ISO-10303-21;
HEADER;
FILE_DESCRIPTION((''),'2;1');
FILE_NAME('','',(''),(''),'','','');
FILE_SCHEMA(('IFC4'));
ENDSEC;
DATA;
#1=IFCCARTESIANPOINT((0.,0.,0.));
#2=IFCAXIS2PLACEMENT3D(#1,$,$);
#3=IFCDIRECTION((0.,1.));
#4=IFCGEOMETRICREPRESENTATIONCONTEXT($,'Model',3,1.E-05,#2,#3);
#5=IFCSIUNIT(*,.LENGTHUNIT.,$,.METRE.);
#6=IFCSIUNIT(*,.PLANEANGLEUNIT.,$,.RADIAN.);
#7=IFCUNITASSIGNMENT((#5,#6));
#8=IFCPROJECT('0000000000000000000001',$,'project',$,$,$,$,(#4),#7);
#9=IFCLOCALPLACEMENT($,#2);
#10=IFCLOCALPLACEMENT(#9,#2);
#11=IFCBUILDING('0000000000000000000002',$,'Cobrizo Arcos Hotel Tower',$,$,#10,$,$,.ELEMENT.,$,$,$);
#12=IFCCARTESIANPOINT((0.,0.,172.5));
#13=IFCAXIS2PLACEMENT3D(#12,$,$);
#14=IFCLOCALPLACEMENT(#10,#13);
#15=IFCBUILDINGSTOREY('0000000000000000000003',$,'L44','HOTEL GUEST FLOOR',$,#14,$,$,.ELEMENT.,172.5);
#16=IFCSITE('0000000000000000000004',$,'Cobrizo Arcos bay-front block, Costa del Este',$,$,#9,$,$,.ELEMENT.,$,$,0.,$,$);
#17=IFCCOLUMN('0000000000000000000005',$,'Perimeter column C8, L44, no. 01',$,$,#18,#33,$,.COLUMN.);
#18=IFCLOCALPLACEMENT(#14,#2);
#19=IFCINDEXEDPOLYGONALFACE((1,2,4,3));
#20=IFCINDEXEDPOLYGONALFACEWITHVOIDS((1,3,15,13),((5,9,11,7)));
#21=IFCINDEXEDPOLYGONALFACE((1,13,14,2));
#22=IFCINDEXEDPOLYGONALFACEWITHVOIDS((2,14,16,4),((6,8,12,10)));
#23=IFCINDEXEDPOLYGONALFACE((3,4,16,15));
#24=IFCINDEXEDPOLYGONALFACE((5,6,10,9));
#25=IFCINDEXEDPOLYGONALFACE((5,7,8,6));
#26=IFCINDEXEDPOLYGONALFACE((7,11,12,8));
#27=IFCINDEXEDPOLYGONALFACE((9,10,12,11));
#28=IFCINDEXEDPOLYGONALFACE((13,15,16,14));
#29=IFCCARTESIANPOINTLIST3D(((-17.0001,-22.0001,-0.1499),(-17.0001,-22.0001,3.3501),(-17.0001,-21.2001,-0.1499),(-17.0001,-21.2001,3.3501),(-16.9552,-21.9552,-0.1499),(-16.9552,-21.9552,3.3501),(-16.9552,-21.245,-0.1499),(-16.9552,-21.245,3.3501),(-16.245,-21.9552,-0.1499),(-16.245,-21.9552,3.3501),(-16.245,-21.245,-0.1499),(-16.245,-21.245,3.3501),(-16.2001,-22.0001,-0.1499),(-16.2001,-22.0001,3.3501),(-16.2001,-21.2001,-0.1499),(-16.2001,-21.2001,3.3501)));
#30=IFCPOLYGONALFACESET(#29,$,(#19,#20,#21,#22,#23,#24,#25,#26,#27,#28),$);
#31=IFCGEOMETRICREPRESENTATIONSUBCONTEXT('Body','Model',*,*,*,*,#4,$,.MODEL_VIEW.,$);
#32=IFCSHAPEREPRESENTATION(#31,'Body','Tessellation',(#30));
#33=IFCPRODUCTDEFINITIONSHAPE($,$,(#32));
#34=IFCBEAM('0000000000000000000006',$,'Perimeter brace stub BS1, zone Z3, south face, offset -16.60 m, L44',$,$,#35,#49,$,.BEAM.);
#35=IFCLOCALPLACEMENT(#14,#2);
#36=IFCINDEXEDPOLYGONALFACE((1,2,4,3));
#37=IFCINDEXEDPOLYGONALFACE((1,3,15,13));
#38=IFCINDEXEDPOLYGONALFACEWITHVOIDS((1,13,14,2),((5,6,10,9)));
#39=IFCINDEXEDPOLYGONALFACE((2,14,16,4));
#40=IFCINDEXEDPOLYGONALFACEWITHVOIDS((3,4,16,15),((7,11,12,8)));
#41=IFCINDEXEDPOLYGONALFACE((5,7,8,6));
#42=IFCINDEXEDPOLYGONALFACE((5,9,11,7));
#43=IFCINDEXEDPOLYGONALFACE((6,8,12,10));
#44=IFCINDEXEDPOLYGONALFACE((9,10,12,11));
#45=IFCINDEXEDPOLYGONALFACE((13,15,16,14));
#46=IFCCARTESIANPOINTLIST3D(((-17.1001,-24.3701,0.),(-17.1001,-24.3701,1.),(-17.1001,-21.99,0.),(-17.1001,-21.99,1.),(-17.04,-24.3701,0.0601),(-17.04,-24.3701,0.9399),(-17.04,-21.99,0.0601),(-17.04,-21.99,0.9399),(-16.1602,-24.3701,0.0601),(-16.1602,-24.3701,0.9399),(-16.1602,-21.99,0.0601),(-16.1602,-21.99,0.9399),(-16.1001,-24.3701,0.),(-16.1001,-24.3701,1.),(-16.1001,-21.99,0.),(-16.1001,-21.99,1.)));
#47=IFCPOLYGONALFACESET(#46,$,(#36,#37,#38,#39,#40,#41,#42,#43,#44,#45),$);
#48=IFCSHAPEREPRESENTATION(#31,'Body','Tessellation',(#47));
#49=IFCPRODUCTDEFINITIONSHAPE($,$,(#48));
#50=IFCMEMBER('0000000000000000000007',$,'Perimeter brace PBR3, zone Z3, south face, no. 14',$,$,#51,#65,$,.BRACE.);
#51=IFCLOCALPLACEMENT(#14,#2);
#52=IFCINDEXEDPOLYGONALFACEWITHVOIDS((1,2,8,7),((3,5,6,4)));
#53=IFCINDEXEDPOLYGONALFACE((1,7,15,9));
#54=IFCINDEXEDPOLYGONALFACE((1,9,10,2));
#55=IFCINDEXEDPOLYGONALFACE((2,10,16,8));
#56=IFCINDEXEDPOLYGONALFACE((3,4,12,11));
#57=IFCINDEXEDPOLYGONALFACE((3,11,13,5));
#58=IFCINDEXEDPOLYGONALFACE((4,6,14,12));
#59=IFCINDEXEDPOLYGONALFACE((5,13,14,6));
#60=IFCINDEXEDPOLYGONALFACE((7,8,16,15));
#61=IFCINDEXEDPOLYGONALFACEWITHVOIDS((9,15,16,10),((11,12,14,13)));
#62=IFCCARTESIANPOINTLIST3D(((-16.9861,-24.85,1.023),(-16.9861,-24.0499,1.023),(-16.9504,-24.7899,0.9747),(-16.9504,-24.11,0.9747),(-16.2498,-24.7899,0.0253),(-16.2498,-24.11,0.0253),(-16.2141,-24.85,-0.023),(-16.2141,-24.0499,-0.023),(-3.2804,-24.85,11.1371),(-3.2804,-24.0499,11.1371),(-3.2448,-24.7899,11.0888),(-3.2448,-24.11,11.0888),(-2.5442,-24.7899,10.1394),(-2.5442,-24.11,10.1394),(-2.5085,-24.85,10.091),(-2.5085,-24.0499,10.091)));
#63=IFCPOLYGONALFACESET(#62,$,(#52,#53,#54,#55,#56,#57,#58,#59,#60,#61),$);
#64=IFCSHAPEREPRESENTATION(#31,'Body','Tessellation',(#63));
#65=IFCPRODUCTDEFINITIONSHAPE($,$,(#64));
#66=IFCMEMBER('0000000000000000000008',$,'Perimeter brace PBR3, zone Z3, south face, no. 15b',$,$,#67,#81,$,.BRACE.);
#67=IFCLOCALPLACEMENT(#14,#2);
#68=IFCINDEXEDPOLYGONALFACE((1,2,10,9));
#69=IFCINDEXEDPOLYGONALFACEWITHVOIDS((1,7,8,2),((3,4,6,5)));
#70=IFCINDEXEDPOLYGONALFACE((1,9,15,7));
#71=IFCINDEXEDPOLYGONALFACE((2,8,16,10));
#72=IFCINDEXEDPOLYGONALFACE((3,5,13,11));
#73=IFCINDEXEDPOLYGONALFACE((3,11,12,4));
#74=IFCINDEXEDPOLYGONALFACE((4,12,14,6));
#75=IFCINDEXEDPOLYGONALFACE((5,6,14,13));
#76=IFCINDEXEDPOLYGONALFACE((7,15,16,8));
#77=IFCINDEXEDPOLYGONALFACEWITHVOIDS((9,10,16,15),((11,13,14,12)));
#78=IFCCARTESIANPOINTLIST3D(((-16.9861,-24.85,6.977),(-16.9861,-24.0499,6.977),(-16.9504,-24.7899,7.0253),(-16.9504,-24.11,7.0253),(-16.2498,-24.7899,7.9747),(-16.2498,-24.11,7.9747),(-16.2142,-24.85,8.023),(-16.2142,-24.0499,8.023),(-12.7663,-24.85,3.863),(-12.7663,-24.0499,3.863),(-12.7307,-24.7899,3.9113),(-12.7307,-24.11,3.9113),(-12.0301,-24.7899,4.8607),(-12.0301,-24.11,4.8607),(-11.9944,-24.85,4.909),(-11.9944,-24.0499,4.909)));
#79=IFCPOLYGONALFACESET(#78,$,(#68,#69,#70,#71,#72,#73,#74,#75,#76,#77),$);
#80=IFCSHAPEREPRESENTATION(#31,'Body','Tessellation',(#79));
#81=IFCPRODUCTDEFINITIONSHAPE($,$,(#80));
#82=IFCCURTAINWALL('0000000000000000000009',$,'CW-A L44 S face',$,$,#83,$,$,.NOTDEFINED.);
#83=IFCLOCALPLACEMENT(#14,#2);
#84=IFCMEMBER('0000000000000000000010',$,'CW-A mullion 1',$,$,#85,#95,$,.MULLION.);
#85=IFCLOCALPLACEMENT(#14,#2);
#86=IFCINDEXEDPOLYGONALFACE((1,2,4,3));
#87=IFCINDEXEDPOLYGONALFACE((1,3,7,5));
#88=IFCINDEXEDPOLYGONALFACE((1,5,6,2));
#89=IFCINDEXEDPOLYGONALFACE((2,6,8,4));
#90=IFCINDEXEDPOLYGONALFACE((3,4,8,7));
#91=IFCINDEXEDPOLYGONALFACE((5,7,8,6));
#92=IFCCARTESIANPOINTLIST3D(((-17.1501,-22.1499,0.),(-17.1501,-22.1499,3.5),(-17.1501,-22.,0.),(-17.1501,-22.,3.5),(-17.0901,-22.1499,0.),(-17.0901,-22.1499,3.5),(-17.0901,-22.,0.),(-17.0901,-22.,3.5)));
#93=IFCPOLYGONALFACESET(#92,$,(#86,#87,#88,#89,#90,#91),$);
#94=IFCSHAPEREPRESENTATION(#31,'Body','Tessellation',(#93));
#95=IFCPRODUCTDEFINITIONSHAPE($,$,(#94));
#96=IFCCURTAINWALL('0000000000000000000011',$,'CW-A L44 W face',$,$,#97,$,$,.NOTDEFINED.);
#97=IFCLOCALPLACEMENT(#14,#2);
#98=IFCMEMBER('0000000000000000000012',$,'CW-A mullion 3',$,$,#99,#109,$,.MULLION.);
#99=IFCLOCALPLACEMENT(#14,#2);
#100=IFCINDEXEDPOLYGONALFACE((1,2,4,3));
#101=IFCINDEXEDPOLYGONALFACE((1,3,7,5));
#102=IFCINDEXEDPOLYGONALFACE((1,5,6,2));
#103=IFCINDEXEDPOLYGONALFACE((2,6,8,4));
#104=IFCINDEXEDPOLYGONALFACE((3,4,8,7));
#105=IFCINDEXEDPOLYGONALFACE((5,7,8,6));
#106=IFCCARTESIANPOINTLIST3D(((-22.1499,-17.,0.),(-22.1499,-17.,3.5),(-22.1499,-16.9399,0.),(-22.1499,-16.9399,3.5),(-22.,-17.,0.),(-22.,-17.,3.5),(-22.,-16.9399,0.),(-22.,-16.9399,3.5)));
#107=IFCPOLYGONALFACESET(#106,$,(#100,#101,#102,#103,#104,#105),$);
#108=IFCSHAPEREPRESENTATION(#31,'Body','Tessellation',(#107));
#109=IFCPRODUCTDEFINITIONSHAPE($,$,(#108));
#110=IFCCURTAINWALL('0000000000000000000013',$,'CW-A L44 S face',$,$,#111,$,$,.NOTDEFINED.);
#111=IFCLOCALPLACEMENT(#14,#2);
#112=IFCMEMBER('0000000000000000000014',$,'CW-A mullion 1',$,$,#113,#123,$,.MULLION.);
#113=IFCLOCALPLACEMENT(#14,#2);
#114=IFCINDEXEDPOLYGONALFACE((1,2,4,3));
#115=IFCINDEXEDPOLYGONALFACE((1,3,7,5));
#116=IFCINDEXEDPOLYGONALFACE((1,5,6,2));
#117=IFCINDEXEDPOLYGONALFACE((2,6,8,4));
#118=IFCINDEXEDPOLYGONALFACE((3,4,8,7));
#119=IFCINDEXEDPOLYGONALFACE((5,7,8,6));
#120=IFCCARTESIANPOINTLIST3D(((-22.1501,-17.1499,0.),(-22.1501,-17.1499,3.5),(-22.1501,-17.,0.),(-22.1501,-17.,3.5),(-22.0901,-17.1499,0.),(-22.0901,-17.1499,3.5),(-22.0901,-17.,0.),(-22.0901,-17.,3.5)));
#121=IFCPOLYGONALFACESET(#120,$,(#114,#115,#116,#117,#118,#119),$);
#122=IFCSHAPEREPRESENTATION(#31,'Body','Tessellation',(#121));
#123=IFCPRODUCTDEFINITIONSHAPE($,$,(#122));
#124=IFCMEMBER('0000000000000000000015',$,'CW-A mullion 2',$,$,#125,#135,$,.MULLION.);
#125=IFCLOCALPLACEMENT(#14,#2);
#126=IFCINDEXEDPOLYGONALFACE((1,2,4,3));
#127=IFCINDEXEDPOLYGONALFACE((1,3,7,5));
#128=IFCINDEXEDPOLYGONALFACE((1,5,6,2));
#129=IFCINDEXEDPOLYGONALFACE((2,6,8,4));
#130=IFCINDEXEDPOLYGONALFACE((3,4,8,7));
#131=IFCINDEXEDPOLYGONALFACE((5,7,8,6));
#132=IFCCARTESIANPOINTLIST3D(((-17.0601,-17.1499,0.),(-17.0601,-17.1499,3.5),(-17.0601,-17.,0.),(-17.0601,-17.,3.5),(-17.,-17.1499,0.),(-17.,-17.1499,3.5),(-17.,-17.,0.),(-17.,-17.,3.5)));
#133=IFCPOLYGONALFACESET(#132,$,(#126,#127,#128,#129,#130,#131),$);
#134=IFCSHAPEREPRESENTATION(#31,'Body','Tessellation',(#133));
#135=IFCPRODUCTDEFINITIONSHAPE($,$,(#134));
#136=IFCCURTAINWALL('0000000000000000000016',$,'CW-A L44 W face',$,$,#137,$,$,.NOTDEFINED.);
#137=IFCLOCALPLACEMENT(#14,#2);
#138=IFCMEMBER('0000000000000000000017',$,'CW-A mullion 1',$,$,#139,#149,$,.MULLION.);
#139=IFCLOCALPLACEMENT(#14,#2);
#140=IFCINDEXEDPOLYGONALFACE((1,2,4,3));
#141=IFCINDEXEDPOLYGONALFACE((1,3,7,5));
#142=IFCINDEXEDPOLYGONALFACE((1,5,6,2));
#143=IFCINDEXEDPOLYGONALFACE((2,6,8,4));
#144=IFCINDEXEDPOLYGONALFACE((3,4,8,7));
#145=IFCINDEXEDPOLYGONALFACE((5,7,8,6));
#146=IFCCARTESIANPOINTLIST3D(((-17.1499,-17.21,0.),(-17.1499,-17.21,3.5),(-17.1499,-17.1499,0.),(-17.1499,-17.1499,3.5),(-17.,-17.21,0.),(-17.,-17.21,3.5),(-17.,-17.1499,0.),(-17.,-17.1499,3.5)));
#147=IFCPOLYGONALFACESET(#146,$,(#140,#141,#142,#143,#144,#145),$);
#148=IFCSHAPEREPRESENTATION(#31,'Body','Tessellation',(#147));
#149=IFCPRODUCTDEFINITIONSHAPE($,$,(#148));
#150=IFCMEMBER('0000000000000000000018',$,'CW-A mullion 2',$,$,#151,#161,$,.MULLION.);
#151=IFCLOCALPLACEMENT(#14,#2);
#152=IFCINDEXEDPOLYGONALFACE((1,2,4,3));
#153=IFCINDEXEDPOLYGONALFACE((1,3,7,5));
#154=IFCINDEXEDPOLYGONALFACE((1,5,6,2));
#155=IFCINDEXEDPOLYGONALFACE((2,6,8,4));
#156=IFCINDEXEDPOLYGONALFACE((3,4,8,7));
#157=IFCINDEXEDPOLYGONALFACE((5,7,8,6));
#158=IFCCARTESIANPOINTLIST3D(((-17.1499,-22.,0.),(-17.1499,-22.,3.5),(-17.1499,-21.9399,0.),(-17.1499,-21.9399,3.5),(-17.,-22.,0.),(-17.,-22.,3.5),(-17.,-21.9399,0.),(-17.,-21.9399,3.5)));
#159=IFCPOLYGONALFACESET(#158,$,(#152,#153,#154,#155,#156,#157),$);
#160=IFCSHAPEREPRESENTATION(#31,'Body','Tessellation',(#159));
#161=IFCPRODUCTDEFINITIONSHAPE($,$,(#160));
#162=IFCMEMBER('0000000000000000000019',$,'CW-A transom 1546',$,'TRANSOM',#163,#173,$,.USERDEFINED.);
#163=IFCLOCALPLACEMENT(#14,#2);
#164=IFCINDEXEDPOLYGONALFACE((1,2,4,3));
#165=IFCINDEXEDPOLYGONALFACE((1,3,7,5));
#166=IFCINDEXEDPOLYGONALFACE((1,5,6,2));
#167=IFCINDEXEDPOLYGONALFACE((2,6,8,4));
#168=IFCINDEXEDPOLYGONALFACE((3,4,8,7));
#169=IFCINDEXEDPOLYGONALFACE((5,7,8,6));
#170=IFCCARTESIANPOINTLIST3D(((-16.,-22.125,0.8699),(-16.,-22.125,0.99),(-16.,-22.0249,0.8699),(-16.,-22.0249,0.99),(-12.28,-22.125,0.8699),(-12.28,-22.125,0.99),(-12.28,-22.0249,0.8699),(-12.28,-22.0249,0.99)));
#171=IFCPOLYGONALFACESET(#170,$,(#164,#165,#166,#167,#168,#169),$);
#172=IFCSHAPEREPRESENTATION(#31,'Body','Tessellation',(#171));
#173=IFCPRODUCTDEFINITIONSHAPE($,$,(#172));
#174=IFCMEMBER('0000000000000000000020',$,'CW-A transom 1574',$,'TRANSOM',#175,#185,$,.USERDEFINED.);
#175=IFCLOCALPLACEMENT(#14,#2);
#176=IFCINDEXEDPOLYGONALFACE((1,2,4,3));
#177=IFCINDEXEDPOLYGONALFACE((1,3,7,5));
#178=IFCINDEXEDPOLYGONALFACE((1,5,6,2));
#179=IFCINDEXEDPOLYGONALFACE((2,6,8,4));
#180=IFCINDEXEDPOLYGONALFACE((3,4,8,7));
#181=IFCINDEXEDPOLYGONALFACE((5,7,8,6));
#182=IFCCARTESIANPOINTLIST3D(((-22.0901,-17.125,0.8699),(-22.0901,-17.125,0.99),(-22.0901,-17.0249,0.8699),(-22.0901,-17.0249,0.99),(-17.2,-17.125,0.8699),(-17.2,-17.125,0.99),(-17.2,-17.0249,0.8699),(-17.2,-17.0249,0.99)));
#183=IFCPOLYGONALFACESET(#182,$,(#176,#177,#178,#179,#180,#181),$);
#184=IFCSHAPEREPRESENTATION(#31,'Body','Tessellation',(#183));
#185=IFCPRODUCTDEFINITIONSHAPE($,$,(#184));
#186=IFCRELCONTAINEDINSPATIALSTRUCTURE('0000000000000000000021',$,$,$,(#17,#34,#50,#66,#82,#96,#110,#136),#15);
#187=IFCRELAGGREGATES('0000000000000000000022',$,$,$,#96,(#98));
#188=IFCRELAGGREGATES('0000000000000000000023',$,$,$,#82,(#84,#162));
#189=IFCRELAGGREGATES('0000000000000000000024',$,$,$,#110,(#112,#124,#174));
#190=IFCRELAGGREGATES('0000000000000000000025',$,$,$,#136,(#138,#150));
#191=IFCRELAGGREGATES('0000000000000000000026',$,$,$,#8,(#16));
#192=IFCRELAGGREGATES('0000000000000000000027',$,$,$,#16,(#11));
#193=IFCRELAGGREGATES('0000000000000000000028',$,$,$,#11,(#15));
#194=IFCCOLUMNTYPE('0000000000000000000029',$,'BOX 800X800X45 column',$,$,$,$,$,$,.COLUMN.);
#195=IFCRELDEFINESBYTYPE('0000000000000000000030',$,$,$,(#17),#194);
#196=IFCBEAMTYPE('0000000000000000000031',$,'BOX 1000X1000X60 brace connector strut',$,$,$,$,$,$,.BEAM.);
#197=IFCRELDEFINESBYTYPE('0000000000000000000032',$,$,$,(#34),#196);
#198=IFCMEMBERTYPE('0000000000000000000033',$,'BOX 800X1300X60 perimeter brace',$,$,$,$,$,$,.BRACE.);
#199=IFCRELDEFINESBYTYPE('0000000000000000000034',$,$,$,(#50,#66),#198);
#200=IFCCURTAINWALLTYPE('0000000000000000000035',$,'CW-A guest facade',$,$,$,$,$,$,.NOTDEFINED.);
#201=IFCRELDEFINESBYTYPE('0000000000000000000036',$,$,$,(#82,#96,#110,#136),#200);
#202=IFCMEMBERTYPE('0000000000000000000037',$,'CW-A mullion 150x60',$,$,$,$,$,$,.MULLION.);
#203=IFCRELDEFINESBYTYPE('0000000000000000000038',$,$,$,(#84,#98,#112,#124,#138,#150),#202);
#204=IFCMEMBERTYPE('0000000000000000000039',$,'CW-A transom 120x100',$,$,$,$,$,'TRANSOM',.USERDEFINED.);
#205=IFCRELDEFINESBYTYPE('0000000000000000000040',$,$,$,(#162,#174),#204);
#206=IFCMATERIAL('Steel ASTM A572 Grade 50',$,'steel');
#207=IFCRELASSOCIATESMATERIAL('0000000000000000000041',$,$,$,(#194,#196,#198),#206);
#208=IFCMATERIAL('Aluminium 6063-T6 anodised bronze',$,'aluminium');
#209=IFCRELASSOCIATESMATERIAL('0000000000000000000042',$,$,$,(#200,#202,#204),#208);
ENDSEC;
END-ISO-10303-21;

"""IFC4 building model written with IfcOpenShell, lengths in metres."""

from ifc_helpers import new_model, si_unit, direction, frame, origin, origin_2d, place, context, subcontext, project, spatial, rectangle, hollow_rectangle, extrude, material, material_profile, profile_set, type_object, element, aggregate, save


model = new_model("IFC4")

# Units and contexts
model_context = context("Model", 3, precision=1e-05, world=origin(), true_north=direction((0.0, 1.0)))
body_context = subcontext(model_context, "Body", "Model", "MODEL_VIEW")
ifc_project = project(units=[si_unit("LENGTHUNIT", "METRE"), si_unit("PLANEANGLEUNIT", "RADIAN")], contexts=[model_context])

# Site, building, storey
site_placement = place(None, origin())
site = spatial("IfcSite", under=ifc_project, at=site_placement, Name="Cobrizo Arcos bay-front block, Costa del Este", CompositionType="ELEMENT", RefElevation=0.0)
building_placement = place(site_placement, origin())
building = spatial("IfcBuilding", under=site, at=building_placement, Name="Cobrizo Arcos Hotel Tower", CompositionType="ELEMENT")
storey_placement = place(building_placement, frame((0.0, 0.0, 172.5)))
storey = spatial("IfcBuildingStorey", under=building, at=storey_placement, Name="L44", Description="HOTEL GUEST FLOOR", CompositionType="ELEMENT", Elevation=172.5)

# Column
ifc_material_1 = material(Name="Steel ASTM A572 Grade 50", Category="steel")
ifc_material_profile_1 = material_profile(ifc_material_1, hollow_rectangle(XDim=0.8, YDim=0.8, WallThickness=0.0449, at=origin_2d()), Name="BOX 800X800X45")
ifc_profile_set_1 = profile_set([ifc_material_profile_1], Name="Steel ASTM A572 Grade 50")
column_type = type_object("IfcColumnType", Name="BOX 800X800X45 column", PredefinedType="COLUMN", material=ifc_profile_set_1)
column_placement = place(storey_placement, frame((-16.6001, -21.6001, -0.1499), z_axis=(0.0, 0.0, 1.0), x_axis=(1.0, 0.0, 0.0)))
element("IfcColumn", 1, at=column_placement, inside=storey, type_object=column_type, Name="Perimeter column C8, L44, no. 01", PredefinedType="COLUMN", context=body_context, shape_type="SweptSolid", body=[
    extrude(hollow_rectangle(XDim=0.8, YDim=0.8, WallThickness=0.0449, at=origin_2d()), origin(), (0.0, 0.0, 1.0), 3.5),
])

# Beam
ifc_material_profile_2 = material_profile(ifc_material_1, hollow_rectangle(XDim=1.0, YDim=1.0, WallThickness=0.0601, at=origin_2d()), Name="BOX 1000X1000X60")
ifc_profile_set_2 = profile_set([ifc_material_profile_2], Name="Steel ASTM A572 Grade 50")
beam_type_1 = type_object("IfcBeamType", Name="BOX 1000X1000X60 brace connector strut", PredefinedType="BEAM", material=ifc_profile_set_2)
beam_1_placement = place(storey_placement, frame((-16.6001, -21.99, 0.5), z_axis=(0.0, -1.0, 0.0), x_axis=(1.0, 0.0, 0.0)))
element("IfcBeam", 2, at=beam_1_placement, inside=storey, type_object=beam_type_1, Name="Perimeter brace stub BS1, zone Z3, south face, offset -16.60 m, L44", PredefinedType="BEAM", context=body_context, shape_type="SweptSolid", body=[
    extrude(hollow_rectangle(XDim=1.0, YDim=1.0, WallThickness=0.0601, at=origin_2d()), origin(), (0.0, 0.0, 1.0), 2.3801),
])

# Members
ifc_material_profile_3 = material_profile(ifc_material_1, hollow_rectangle(XDim=0.8, YDim=1.3, WallThickness=0.0601, at=origin_2d()), Name="BOX 800X1300X60")
ifc_profile_set_3 = profile_set([ifc_material_profile_3], Name="Steel ASTM A572 Grade 50")
member_type_1 = type_object("IfcMemberType", Name="BOX 800X1300X60 perimeter brace", PredefinedType="BRACE", material=ifc_profile_set_3)
member_1_placement = place(storey_placement, frame((-16.6001, -24.45, 0.5), z_axis=(0.80463, 0.0, 0.593776), x_axis=(0.0, 1.0, 0.0)))
element("IfcMember", 3, at=member_1_placement, inside=storey, type_object=member_type_1, Name="Perimeter brace PBR3, zone Z3, south face, no. 14", PredefinedType="BRACE", context=body_context, shape_type="SweptSolid", body=[
    extrude(hollow_rectangle(XDim=0.8, YDim=1.3, WallThickness=0.0601, at=origin_2d()), origin(), (0.0, 0.0, 1.0), 17.0334),
])
member_2_placement = place(storey_placement, frame((-12.3804, -24.45, 4.386), z_axis=(-0.804624, 0.0, 0.593785), x_axis=(0.0, -1.0, 0.0)))
element("IfcMember", 4, at=member_2_placement, inside=storey, type_object=member_type_1, Name="Perimeter brace PBR3, zone Z3, south face, no. 15b", PredefinedType="BRACE", context=body_context, shape_type="SweptSolid", body=[
    extrude(hollow_rectangle(XDim=0.8, YDim=1.3, WallThickness=0.0601, at=origin_2d()), origin(), (0.0, 0.0, 1.0), 5.2444),
])

# Curtain walls, members
ifc_material_2 = material(Name="Aluminium 6063-T6 anodised bronze", Category="aluminium")
curtain_wall_type = type_object("IfcCurtainWallType", Name="CW-A guest facade", PredefinedType="NOTDEFINED", material=ifc_material_2)
curtain_wall_1_placement = place(storey_placement, origin())
curtain_wall_1 = element("IfcCurtainWall", 5, at=curtain_wall_1_placement, inside=storey, type_object=curtain_wall_type, Name="CW-A L44 S face", PredefinedType="NOTDEFINED")
ifc_material_profile_4 = material_profile(ifc_material_2, rectangle(XDim=0.1499, YDim=0.0601, at=origin_2d()), Name="CW-A mullion 150x60")
ifc_profile_set_4 = profile_set([ifc_material_profile_4], Name="Aluminium 6063-T6 anodised bronze")
member_type_2 = type_object("IfcMemberType", Name="CW-A mullion 150x60", PredefinedType="MULLION", material=ifc_profile_set_4)
member_3_placement = place(storey_placement, frame((-17.1201, -22.075, 0.0), z_axis=(0.0, 0.0, 1.0), x_axis=(0.0, -1.0, 0.0)))
member_3 = element("IfcMember", 6, at=member_3_placement, type_object=member_type_2, Name="CW-A mullion 1", PredefinedType="MULLION", context=body_context, shape_type="SweptSolid", body=[
    extrude(rectangle(XDim=0.1499, YDim=0.0601, at=origin_2d()), origin(), (0.0, 0.0, 1.0), 3.5),
])
curtain_wall_2_placement = place(storey_placement, origin())
curtain_wall_2 = element("IfcCurtainWall", 7, at=curtain_wall_2_placement, inside=storey, type_object=curtain_wall_type, Name="CW-A L44 W face", PredefinedType="NOTDEFINED")
member_4_placement = place(storey_placement, frame((-22.075, -16.97, 0.0), z_axis=(0.0, 0.0, 1.0), x_axis=(-1.0, 0.0, 0.0)))
member_4 = element("IfcMember", 8, at=member_4_placement, type_object=member_type_2, Name="CW-A mullion 3", PredefinedType="MULLION", context=body_context, shape_type="SweptSolid", body=[
    extrude(rectangle(XDim=0.1499, YDim=0.0601, at=origin_2d()), origin(), (0.0, 0.0, 1.0), 3.5),
])
aggregate(curtain_wall_2, [member_4])

# Curtain walls, members
curtain_wall_3_placement = place(storey_placement, origin())
curtain_wall_3 = element("IfcCurtainWall", 9, at=curtain_wall_3_placement, inside=storey, type_object=curtain_wall_type, Name="CW-A L44 S face", PredefinedType="NOTDEFINED")
member_5_placement = place(storey_placement, frame((-22.1201, -17.075, 0.0), z_axis=(0.0, 0.0, 1.0), x_axis=(0.0, -1.0, 0.0)))
member_5 = element("IfcMember", 10, at=member_5_placement, type_object=member_type_2, Name="CW-A mullion 1", PredefinedType="MULLION", context=body_context, shape_type="SweptSolid", body=[
    extrude(rectangle(XDim=0.1499, YDim=0.0601, at=origin_2d()), origin(), (0.0, 0.0, 1.0), 3.5),
])
member_6_placement = place(storey_placement, frame((-17.03, -17.075, 0.0), z_axis=(0.0, 0.0, 1.0), x_axis=(0.0, -1.0, 0.0)))
member_6 = element("IfcMember", 11, at=member_6_placement, type_object=member_type_2, Name="CW-A mullion 2", PredefinedType="MULLION", context=body_context, shape_type="SweptSolid", body=[
    extrude(rectangle(XDim=0.1499, YDim=0.0601, at=origin_2d()), origin(), (0.0, 0.0, 1.0), 3.5),
])
curtain_wall_4_placement = place(storey_placement, origin())
curtain_wall_4 = element("IfcCurtainWall", 12, at=curtain_wall_4_placement, inside=storey, type_object=curtain_wall_type, Name="CW-A L44 W face", PredefinedType="NOTDEFINED")
member_7_placement = place(storey_placement, frame((-17.075, -17.1799, 0.0), z_axis=(0.0, 0.0, 1.0), x_axis=(-1.0, 0.0, 0.0)))
member_7 = element("IfcMember", 13, at=member_7_placement, type_object=member_type_2, Name="CW-A mullion 1", PredefinedType="MULLION", context=body_context, shape_type="SweptSolid", body=[
    extrude(rectangle(XDim=0.1499, YDim=0.0601, at=origin_2d()), origin(), (0.0, 0.0, 1.0), 3.5),
])
member_8_placement = place(storey_placement, frame((-17.075, -21.97, 0.0), z_axis=(0.0, 0.0, 1.0), x_axis=(-1.0, 0.0, 0.0)))
member_8 = element("IfcMember", 14, at=member_8_placement, type_object=member_type_2, Name="CW-A mullion 2", PredefinedType="MULLION", context=body_context, shape_type="SweptSolid", body=[
    extrude(rectangle(XDim=0.1499, YDim=0.0601, at=origin_2d()), origin(), (0.0, 0.0, 1.0), 3.5),
])

# Members
ifc_material_profile_5 = material_profile(ifc_material_2, rectangle(XDim=0.1001, YDim=0.1201, at=origin_2d()), Name="CW-A transom 120x100")
ifc_profile_set_5 = profile_set([ifc_material_profile_5], Name="Aluminium 6063-T6 anodised bronze")
member_type_3 = type_object("IfcMemberType", Name="CW-A transom 120x100", ElementType="TRANSOM", PredefinedType="USERDEFINED", material=ifc_profile_set_5)
member_9_placement = place(storey_placement, frame((-16.0, -22.075, 0.9299), z_axis=(1.0, 0.0, 0.0), x_axis=(0.0, 1.0, 0.0)))
member_9 = element("IfcMember", 15, at=member_9_placement, type_object=member_type_3, Name="CW-A transom 1546", ObjectType="TRANSOM", PredefinedType="USERDEFINED", context=body_context, shape_type="SweptSolid", body=[
    extrude(rectangle(XDim=0.1001, YDim=0.1201, at=origin_2d()), origin(), (0.0, 0.0, 1.0), 3.72),
])
member_10_placement = place(storey_placement, frame((-22.0901, -17.075, 0.9299), z_axis=(1.0, 0.0, 0.0), x_axis=(0.0, 1.0, 0.0)))
member_10 = element("IfcMember", 16, at=member_10_placement, type_object=member_type_3, Name="CW-A transom 1574", ObjectType="TRANSOM", PredefinedType="USERDEFINED", context=body_context, shape_type="SweptSolid", body=[
    extrude(rectangle(XDim=0.1001, YDim=0.1201, at=origin_2d()), origin(), (0.0, 0.0, 1.0), 4.8901),
])

aggregate(curtain_wall_1, [member_3, member_9])
aggregate(curtain_wall_3, [member_5, member_6, member_10])
aggregate(curtain_wall_4, [member_7, member_8])

save(model, "model.ifc")
